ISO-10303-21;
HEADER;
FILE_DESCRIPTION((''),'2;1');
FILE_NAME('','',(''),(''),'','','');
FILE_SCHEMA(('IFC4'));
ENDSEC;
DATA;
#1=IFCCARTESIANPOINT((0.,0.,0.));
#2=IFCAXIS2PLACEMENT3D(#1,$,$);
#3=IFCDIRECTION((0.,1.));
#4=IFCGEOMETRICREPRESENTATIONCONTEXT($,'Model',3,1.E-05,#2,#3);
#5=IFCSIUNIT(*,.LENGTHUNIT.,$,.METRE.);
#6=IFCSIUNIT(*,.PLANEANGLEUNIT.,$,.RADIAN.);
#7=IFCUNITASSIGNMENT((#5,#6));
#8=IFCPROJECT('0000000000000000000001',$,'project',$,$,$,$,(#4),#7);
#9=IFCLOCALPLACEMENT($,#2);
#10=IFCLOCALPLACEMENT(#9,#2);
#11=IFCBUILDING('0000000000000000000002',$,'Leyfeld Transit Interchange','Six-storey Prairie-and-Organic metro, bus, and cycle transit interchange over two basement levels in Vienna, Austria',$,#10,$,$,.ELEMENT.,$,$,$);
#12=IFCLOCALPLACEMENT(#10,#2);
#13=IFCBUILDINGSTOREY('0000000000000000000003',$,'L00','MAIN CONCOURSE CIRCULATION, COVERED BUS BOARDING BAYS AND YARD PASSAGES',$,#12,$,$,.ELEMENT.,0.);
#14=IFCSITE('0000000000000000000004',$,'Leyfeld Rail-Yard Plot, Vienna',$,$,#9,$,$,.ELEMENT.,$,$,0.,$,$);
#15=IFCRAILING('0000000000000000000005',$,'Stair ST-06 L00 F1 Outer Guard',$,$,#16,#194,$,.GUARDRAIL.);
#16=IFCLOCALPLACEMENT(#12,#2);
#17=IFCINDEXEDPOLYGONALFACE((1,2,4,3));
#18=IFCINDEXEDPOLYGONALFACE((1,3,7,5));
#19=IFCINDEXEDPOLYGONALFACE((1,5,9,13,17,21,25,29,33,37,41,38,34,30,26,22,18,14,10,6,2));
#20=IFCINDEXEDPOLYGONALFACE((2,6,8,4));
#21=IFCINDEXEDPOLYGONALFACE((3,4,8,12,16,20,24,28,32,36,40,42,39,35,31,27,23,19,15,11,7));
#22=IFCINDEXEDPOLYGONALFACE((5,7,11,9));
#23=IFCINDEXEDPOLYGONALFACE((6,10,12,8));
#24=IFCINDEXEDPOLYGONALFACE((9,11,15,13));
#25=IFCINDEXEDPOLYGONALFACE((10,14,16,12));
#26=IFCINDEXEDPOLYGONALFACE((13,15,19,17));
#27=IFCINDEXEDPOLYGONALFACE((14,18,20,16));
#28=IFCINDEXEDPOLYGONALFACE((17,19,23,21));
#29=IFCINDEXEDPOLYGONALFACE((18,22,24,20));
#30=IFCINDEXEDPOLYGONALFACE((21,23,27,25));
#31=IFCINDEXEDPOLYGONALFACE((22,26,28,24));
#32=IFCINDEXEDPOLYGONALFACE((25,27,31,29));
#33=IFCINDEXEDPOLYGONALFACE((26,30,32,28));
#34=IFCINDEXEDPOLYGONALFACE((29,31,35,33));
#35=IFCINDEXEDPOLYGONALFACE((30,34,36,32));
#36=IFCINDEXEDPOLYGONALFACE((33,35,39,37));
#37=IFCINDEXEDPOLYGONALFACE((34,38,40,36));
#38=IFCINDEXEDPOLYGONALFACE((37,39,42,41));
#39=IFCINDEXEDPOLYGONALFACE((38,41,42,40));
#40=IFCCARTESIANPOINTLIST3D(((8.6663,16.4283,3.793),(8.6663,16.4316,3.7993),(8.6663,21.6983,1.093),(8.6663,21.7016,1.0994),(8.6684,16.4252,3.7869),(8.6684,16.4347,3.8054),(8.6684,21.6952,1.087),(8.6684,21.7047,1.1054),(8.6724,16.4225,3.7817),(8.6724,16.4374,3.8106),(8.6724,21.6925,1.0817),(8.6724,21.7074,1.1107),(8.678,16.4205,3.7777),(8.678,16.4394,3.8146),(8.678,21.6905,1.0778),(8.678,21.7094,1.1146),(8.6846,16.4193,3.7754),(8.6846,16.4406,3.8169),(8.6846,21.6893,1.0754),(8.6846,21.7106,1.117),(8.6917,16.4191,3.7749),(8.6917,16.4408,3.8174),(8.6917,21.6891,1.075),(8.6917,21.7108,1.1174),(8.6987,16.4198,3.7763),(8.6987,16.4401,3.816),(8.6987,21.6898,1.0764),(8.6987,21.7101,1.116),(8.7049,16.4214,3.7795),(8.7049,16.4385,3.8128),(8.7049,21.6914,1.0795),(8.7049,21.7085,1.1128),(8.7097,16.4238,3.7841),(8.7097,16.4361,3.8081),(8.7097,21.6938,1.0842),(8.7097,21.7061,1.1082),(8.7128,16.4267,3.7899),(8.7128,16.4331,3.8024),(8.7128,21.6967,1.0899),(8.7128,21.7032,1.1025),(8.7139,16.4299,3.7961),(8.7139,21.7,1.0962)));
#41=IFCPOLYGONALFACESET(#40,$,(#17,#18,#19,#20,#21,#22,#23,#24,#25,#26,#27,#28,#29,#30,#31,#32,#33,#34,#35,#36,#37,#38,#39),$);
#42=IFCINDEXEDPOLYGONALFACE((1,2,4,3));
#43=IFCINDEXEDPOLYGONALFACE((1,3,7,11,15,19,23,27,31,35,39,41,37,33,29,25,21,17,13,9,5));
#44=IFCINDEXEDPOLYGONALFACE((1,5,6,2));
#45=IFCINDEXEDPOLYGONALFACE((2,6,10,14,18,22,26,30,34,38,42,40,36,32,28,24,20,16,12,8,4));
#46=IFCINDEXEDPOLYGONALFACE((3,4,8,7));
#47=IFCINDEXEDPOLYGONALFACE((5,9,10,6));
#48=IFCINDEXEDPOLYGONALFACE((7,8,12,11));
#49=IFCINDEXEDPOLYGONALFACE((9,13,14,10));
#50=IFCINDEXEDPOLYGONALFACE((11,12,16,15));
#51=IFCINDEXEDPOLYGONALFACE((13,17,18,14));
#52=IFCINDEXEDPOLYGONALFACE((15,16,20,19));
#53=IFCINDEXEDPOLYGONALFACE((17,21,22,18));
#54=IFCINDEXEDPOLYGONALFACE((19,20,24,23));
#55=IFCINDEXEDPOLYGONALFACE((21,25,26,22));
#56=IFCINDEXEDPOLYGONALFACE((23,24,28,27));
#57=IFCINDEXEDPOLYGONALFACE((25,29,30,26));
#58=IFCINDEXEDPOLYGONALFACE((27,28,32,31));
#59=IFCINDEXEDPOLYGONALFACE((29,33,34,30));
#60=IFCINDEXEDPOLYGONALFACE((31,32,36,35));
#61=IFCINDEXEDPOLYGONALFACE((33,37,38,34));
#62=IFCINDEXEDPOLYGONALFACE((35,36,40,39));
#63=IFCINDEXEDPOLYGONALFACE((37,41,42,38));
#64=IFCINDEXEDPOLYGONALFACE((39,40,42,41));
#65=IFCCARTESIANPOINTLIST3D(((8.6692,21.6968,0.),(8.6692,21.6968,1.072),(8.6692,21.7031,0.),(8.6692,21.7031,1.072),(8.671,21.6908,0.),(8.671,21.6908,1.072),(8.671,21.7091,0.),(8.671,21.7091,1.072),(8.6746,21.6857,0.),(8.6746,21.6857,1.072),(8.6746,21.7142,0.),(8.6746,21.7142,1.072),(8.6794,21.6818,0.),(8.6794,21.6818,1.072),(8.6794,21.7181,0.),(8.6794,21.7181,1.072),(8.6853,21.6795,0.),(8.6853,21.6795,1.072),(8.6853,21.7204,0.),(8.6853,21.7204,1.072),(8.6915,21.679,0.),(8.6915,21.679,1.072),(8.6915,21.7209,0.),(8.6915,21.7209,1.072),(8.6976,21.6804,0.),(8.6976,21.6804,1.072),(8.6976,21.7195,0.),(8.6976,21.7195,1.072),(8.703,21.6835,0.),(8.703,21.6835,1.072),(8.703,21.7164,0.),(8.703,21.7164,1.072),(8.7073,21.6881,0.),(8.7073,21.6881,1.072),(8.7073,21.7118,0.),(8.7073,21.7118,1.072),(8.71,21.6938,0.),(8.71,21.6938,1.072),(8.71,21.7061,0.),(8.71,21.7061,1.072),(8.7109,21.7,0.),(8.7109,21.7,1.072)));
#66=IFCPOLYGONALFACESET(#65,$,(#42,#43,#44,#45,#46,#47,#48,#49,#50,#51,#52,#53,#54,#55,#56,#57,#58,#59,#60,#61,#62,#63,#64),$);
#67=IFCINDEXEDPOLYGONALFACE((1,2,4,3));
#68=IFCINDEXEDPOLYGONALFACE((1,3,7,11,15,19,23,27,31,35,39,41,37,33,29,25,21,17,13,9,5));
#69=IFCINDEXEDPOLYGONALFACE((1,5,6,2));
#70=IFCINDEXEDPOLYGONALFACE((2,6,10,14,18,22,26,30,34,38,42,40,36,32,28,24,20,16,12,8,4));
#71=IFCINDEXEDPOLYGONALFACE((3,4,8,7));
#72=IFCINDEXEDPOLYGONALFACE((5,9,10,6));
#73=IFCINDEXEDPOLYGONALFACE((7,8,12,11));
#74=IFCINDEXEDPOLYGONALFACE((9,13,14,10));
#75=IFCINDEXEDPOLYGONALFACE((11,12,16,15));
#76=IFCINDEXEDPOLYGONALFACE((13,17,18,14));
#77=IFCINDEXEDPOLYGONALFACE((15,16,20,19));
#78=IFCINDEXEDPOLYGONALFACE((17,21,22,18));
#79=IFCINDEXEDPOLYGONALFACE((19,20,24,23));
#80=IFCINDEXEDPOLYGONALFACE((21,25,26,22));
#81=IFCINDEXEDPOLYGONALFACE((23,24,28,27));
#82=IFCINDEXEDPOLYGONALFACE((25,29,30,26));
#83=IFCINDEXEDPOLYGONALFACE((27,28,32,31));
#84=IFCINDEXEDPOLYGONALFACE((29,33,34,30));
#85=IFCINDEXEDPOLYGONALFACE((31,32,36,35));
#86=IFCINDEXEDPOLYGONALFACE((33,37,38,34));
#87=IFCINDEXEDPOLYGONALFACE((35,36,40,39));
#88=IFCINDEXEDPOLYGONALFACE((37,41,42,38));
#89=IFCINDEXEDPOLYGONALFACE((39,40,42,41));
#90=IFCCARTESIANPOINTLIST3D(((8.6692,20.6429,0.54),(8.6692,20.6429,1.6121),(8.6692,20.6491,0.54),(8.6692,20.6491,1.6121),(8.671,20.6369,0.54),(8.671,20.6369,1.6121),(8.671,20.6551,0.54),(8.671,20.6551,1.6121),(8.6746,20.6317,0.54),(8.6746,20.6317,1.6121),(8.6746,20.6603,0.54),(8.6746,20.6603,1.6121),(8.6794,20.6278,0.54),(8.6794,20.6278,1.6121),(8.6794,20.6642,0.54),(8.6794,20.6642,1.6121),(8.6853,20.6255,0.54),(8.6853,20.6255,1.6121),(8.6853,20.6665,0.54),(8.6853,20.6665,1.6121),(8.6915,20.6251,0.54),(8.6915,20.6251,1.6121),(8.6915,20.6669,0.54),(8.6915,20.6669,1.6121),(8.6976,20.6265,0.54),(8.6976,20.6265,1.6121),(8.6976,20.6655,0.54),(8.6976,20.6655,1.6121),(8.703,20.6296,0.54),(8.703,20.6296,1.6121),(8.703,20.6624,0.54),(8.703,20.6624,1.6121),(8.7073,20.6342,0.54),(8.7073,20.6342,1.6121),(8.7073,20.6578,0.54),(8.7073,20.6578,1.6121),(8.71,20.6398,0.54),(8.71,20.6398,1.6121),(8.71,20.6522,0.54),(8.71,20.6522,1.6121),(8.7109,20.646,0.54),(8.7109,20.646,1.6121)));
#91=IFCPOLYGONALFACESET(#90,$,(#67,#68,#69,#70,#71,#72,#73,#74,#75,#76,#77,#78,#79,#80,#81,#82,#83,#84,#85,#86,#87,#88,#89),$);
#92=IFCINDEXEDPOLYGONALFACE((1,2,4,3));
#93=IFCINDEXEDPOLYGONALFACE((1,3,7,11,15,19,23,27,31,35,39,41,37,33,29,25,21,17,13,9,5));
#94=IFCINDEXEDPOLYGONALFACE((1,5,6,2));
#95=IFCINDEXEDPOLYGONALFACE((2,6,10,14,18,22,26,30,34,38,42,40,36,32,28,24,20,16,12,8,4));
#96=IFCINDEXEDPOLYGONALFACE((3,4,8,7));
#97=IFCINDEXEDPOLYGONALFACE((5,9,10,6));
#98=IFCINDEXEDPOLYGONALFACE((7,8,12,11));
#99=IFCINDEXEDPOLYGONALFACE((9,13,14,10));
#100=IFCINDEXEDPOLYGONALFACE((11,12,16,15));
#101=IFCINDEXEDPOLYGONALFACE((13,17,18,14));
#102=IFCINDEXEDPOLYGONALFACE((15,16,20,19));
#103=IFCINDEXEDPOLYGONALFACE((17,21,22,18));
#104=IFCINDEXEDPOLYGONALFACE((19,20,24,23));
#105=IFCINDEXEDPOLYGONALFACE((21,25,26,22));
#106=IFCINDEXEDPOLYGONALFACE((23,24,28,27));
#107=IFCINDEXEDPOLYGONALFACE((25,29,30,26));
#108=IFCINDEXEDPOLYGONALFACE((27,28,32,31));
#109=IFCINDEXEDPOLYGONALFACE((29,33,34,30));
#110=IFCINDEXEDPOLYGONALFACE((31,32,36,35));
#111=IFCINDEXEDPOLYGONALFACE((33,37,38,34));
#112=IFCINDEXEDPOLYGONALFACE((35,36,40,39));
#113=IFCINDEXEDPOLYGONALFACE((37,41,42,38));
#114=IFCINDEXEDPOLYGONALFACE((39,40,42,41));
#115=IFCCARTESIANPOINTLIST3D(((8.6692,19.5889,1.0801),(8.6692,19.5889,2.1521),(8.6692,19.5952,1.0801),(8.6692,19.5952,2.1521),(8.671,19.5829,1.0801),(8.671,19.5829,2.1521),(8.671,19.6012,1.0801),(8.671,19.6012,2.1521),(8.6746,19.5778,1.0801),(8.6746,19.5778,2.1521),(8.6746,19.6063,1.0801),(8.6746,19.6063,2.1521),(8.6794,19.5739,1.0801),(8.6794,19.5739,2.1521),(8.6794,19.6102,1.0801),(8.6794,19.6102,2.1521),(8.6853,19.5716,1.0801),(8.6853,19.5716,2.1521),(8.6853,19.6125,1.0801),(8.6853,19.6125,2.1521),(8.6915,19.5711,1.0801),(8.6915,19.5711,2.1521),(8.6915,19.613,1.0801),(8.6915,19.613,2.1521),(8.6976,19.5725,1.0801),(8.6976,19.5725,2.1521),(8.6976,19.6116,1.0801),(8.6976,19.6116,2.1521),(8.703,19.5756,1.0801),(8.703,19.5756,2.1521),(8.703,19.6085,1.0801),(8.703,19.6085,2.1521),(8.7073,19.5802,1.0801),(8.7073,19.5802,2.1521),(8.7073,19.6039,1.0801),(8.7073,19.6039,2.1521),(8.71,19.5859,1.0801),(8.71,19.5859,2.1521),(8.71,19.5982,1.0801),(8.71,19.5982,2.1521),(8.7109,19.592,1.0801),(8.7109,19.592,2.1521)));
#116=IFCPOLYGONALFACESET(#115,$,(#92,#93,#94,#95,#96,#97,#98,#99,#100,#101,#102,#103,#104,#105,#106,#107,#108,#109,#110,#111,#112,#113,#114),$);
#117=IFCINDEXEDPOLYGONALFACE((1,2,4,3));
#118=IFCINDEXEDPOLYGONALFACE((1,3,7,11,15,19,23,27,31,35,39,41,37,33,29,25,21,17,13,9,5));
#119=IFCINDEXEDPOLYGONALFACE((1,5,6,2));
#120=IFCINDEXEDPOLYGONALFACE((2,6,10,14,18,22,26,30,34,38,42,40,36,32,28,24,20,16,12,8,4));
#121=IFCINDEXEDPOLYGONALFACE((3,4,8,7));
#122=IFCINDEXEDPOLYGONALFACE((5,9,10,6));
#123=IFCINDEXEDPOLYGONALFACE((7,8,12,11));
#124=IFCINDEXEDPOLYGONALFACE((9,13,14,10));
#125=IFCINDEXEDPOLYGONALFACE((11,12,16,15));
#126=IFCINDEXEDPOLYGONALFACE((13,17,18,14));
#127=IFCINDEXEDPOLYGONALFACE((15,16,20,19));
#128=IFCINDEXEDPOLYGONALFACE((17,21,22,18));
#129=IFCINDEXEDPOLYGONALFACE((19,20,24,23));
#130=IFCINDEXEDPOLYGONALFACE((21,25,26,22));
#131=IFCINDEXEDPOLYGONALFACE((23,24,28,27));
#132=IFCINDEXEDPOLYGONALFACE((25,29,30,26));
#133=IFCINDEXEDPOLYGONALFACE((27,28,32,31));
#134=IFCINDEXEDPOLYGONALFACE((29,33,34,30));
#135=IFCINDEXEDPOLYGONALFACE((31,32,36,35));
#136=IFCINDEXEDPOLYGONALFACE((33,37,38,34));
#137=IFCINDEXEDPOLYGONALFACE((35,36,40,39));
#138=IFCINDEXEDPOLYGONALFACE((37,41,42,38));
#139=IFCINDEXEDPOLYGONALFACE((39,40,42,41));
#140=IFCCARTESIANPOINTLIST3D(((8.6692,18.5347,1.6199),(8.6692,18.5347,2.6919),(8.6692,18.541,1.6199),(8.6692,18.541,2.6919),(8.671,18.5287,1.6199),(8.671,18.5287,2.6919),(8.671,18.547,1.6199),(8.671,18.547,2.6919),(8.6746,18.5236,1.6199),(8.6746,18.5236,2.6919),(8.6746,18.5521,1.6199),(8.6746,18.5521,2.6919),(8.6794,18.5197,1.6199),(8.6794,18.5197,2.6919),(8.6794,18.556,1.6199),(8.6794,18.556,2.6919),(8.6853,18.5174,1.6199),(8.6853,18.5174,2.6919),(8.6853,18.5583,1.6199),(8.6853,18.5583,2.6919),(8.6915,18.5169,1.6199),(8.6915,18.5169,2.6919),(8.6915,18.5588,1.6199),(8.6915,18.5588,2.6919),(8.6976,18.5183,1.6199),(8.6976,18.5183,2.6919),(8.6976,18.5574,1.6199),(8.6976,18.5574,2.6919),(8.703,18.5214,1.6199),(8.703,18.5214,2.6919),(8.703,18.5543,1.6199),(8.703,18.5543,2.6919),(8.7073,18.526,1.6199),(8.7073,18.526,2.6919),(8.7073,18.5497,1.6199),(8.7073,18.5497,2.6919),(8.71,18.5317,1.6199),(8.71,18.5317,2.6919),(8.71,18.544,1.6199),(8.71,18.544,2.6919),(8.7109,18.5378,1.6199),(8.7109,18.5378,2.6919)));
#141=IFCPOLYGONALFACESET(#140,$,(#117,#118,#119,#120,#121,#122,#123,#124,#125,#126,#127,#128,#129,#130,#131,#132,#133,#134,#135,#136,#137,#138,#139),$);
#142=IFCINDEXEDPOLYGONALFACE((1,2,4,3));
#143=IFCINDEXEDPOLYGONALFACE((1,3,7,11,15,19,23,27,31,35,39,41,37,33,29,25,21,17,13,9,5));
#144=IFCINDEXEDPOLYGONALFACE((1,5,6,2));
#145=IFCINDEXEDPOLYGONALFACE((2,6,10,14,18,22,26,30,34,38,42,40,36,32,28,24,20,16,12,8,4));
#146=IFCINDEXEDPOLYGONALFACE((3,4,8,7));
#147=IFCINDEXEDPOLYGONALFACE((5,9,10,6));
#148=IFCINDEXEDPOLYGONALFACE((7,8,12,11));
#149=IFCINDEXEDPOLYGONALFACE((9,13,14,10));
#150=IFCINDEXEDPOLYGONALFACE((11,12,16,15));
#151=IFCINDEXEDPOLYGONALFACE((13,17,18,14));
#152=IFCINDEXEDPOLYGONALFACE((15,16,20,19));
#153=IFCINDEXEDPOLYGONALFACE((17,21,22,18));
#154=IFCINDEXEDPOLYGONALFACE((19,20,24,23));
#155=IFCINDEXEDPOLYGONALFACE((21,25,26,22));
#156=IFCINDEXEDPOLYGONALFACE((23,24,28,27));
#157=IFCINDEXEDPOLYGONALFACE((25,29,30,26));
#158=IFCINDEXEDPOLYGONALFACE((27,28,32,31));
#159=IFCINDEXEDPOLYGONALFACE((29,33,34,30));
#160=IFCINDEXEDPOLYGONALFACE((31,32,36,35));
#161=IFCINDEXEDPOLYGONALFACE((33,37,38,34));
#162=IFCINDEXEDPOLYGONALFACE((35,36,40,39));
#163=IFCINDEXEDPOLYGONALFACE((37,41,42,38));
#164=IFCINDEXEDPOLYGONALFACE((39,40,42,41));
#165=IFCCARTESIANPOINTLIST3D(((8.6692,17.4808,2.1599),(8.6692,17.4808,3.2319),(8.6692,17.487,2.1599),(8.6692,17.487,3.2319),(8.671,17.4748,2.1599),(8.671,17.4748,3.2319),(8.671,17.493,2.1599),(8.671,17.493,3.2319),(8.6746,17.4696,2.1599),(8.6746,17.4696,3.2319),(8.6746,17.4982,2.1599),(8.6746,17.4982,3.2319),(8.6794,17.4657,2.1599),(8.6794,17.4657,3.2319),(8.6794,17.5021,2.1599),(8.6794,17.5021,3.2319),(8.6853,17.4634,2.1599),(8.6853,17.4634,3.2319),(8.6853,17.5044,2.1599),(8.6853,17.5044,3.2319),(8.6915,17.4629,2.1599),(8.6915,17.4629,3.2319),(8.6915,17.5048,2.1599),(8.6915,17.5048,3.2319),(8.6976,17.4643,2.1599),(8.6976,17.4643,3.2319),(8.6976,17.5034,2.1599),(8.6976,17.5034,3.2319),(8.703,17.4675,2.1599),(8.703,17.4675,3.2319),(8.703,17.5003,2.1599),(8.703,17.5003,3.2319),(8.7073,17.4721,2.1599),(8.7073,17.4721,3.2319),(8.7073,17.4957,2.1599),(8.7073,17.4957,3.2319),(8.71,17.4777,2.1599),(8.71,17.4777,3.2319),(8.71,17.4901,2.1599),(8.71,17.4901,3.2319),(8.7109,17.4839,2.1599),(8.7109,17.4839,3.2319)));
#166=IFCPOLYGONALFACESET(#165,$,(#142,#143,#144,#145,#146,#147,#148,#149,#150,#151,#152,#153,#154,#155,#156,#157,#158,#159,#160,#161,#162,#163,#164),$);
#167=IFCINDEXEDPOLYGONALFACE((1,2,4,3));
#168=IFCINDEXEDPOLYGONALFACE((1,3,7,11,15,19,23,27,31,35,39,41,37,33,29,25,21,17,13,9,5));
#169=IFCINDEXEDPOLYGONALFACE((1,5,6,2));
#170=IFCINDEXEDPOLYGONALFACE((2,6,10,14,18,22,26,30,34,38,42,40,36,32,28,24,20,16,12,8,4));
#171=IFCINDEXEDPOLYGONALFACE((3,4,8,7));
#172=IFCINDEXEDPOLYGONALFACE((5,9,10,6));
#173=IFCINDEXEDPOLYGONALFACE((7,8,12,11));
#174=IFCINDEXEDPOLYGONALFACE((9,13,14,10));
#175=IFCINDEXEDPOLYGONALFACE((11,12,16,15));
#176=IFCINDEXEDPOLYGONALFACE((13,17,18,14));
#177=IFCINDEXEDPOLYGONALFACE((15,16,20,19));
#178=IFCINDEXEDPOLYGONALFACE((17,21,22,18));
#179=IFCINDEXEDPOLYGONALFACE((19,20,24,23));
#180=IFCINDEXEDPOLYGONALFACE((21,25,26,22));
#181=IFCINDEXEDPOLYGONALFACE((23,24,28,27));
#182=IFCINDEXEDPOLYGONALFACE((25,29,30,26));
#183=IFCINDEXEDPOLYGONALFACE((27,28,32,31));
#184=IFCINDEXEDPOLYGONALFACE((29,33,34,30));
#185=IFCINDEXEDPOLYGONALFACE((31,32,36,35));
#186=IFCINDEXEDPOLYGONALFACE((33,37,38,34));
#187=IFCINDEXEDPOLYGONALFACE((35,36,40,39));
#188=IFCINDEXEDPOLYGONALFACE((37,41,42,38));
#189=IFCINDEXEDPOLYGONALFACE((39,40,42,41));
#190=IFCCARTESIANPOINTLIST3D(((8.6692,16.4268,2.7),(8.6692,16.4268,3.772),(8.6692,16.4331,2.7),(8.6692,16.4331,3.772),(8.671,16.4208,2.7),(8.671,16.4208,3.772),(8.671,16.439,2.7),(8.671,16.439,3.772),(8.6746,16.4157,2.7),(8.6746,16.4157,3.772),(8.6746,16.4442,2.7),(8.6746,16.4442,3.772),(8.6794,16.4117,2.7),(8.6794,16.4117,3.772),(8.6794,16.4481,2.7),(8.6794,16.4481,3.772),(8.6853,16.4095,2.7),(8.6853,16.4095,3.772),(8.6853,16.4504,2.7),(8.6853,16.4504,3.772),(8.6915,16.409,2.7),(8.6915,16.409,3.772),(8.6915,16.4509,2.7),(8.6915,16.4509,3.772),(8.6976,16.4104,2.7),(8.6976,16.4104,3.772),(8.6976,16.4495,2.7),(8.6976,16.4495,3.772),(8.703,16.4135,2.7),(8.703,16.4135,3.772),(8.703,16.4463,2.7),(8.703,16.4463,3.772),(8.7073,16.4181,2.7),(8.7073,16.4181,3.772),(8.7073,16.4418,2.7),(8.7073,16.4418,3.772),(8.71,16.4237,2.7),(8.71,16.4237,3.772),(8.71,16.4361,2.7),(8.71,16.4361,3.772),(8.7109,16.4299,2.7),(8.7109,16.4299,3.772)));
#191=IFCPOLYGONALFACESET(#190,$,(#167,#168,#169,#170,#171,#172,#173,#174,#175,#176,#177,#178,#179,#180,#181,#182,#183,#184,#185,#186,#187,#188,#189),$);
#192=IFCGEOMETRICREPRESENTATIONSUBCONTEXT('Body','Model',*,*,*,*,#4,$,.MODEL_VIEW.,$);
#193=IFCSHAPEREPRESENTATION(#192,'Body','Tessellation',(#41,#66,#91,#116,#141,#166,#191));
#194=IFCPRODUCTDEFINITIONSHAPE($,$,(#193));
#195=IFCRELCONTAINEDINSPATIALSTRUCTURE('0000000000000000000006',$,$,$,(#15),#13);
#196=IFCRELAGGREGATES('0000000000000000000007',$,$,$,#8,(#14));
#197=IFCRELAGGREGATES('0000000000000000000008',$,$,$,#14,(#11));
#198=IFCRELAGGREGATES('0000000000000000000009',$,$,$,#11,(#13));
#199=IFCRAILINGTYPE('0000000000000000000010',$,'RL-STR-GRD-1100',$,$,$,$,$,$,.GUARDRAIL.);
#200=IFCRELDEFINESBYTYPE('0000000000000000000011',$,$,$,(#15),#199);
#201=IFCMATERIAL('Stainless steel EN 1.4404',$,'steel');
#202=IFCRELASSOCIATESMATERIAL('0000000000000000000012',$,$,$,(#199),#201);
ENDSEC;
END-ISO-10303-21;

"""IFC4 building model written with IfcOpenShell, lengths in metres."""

from ifc_helpers import new_model, si_unit, direction, frame, origin, origin_2d, place, context, subcontext, project, spatial, circle, extrude, material, type_object, element, save


model = new_model("IFC4")

# Units and contexts
model_context = context("Model", 3, precision=1e-05, world=origin(), true_north=direction((0.0, 1.0)))
body_context = subcontext(model_context, "Body", "Model", "MODEL_VIEW")
ifc_project = project(units=[si_unit("LENGTHUNIT", "METRE"), si_unit("PLANEANGLEUNIT", "RADIAN")], contexts=[model_context])

# Site, building, storey
site_placement = place(None, origin())
site = spatial("IfcSite", under=ifc_project, at=site_placement, Name="Leyfeld Rail-Yard Plot, Vienna", CompositionType="ELEMENT", RefElevation=0.0)
building_placement = place(site_placement, origin())
building = spatial("IfcBuilding", under=site, at=building_placement, Name="Leyfeld Transit Interchange", Description="Six-storey Prairie-and-Organic metro, bus, and cycle transit interchange over two basement levels in Vienna, Austria", CompositionType="ELEMENT")
storey_placement = place(building_placement, origin())
storey = spatial("IfcBuildingStorey", under=building, at=storey_placement, Name="L00", Description="MAIN CONCOURSE CIRCULATION, COVERED BUS BOARDING BAYS AND YARD PASSAGES", CompositionType="ELEMENT", Elevation=0.0)

# Railing
ifc_material_1 = material(Name="Stainless steel EN 1.4404", Category="steel")
railing_type_1 = type_object("IfcRailingType", Name="RL-STR-GRD-1100", PredefinedType="GUARDRAIL", material=ifc_material_1)
for number, where, name in (
    (1, (8.6899, 21.7, 0.0), "Stair ST-06 L00 F1 Outer Guard"),
):
    element("IfcRailing", number, at=place(storey_placement, frame(where)), inside=storey, type_object=railing_type_1, Name=name, PredefinedType="GUARDRAIL", context=body_context, shape_type="SweptSolid", body=[
        extrude(circle(Radius=0.0239, at=origin_2d()), frame((0.0, 0.0, 1.0962), z_axis=(0.0, -0.889997, 0.455966), x_axis=(1.0, 0.0, 0.0)), (0.0, 0.0, 1.0), 5.9214),
        extrude(circle(Radius=0.021, at=origin_2d()), origin(), (0.0, 0.0, 1.0), 1.072),
        extrude(circle(Radius=0.021, at=origin_2d()), frame((0.0, -1.054, 0.54)), (0.0, 0.0, 1.0), 1.072),
        extrude(circle(Radius=0.021, at=origin_2d()), frame((0.0, -2.1079, 1.0801)), (0.0, 0.0, 1.0), 1.072),
        extrude(circle(Radius=0.021, at=origin_2d()), frame((0.0, -3.1621, 1.6199)), (0.0, 0.0, 1.0), 1.072),
        extrude(circle(Radius=0.021, at=origin_2d()), frame((0.0, -4.2161, 2.1599)), (0.0, 0.0, 1.0), 1.072),
        extrude(circle(Radius=0.021, at=origin_2d()), frame((0.0, -5.27, 2.7)), (0.0, 0.0, 1.0), 1.072),
    ])

save(model, "model.ifc")
